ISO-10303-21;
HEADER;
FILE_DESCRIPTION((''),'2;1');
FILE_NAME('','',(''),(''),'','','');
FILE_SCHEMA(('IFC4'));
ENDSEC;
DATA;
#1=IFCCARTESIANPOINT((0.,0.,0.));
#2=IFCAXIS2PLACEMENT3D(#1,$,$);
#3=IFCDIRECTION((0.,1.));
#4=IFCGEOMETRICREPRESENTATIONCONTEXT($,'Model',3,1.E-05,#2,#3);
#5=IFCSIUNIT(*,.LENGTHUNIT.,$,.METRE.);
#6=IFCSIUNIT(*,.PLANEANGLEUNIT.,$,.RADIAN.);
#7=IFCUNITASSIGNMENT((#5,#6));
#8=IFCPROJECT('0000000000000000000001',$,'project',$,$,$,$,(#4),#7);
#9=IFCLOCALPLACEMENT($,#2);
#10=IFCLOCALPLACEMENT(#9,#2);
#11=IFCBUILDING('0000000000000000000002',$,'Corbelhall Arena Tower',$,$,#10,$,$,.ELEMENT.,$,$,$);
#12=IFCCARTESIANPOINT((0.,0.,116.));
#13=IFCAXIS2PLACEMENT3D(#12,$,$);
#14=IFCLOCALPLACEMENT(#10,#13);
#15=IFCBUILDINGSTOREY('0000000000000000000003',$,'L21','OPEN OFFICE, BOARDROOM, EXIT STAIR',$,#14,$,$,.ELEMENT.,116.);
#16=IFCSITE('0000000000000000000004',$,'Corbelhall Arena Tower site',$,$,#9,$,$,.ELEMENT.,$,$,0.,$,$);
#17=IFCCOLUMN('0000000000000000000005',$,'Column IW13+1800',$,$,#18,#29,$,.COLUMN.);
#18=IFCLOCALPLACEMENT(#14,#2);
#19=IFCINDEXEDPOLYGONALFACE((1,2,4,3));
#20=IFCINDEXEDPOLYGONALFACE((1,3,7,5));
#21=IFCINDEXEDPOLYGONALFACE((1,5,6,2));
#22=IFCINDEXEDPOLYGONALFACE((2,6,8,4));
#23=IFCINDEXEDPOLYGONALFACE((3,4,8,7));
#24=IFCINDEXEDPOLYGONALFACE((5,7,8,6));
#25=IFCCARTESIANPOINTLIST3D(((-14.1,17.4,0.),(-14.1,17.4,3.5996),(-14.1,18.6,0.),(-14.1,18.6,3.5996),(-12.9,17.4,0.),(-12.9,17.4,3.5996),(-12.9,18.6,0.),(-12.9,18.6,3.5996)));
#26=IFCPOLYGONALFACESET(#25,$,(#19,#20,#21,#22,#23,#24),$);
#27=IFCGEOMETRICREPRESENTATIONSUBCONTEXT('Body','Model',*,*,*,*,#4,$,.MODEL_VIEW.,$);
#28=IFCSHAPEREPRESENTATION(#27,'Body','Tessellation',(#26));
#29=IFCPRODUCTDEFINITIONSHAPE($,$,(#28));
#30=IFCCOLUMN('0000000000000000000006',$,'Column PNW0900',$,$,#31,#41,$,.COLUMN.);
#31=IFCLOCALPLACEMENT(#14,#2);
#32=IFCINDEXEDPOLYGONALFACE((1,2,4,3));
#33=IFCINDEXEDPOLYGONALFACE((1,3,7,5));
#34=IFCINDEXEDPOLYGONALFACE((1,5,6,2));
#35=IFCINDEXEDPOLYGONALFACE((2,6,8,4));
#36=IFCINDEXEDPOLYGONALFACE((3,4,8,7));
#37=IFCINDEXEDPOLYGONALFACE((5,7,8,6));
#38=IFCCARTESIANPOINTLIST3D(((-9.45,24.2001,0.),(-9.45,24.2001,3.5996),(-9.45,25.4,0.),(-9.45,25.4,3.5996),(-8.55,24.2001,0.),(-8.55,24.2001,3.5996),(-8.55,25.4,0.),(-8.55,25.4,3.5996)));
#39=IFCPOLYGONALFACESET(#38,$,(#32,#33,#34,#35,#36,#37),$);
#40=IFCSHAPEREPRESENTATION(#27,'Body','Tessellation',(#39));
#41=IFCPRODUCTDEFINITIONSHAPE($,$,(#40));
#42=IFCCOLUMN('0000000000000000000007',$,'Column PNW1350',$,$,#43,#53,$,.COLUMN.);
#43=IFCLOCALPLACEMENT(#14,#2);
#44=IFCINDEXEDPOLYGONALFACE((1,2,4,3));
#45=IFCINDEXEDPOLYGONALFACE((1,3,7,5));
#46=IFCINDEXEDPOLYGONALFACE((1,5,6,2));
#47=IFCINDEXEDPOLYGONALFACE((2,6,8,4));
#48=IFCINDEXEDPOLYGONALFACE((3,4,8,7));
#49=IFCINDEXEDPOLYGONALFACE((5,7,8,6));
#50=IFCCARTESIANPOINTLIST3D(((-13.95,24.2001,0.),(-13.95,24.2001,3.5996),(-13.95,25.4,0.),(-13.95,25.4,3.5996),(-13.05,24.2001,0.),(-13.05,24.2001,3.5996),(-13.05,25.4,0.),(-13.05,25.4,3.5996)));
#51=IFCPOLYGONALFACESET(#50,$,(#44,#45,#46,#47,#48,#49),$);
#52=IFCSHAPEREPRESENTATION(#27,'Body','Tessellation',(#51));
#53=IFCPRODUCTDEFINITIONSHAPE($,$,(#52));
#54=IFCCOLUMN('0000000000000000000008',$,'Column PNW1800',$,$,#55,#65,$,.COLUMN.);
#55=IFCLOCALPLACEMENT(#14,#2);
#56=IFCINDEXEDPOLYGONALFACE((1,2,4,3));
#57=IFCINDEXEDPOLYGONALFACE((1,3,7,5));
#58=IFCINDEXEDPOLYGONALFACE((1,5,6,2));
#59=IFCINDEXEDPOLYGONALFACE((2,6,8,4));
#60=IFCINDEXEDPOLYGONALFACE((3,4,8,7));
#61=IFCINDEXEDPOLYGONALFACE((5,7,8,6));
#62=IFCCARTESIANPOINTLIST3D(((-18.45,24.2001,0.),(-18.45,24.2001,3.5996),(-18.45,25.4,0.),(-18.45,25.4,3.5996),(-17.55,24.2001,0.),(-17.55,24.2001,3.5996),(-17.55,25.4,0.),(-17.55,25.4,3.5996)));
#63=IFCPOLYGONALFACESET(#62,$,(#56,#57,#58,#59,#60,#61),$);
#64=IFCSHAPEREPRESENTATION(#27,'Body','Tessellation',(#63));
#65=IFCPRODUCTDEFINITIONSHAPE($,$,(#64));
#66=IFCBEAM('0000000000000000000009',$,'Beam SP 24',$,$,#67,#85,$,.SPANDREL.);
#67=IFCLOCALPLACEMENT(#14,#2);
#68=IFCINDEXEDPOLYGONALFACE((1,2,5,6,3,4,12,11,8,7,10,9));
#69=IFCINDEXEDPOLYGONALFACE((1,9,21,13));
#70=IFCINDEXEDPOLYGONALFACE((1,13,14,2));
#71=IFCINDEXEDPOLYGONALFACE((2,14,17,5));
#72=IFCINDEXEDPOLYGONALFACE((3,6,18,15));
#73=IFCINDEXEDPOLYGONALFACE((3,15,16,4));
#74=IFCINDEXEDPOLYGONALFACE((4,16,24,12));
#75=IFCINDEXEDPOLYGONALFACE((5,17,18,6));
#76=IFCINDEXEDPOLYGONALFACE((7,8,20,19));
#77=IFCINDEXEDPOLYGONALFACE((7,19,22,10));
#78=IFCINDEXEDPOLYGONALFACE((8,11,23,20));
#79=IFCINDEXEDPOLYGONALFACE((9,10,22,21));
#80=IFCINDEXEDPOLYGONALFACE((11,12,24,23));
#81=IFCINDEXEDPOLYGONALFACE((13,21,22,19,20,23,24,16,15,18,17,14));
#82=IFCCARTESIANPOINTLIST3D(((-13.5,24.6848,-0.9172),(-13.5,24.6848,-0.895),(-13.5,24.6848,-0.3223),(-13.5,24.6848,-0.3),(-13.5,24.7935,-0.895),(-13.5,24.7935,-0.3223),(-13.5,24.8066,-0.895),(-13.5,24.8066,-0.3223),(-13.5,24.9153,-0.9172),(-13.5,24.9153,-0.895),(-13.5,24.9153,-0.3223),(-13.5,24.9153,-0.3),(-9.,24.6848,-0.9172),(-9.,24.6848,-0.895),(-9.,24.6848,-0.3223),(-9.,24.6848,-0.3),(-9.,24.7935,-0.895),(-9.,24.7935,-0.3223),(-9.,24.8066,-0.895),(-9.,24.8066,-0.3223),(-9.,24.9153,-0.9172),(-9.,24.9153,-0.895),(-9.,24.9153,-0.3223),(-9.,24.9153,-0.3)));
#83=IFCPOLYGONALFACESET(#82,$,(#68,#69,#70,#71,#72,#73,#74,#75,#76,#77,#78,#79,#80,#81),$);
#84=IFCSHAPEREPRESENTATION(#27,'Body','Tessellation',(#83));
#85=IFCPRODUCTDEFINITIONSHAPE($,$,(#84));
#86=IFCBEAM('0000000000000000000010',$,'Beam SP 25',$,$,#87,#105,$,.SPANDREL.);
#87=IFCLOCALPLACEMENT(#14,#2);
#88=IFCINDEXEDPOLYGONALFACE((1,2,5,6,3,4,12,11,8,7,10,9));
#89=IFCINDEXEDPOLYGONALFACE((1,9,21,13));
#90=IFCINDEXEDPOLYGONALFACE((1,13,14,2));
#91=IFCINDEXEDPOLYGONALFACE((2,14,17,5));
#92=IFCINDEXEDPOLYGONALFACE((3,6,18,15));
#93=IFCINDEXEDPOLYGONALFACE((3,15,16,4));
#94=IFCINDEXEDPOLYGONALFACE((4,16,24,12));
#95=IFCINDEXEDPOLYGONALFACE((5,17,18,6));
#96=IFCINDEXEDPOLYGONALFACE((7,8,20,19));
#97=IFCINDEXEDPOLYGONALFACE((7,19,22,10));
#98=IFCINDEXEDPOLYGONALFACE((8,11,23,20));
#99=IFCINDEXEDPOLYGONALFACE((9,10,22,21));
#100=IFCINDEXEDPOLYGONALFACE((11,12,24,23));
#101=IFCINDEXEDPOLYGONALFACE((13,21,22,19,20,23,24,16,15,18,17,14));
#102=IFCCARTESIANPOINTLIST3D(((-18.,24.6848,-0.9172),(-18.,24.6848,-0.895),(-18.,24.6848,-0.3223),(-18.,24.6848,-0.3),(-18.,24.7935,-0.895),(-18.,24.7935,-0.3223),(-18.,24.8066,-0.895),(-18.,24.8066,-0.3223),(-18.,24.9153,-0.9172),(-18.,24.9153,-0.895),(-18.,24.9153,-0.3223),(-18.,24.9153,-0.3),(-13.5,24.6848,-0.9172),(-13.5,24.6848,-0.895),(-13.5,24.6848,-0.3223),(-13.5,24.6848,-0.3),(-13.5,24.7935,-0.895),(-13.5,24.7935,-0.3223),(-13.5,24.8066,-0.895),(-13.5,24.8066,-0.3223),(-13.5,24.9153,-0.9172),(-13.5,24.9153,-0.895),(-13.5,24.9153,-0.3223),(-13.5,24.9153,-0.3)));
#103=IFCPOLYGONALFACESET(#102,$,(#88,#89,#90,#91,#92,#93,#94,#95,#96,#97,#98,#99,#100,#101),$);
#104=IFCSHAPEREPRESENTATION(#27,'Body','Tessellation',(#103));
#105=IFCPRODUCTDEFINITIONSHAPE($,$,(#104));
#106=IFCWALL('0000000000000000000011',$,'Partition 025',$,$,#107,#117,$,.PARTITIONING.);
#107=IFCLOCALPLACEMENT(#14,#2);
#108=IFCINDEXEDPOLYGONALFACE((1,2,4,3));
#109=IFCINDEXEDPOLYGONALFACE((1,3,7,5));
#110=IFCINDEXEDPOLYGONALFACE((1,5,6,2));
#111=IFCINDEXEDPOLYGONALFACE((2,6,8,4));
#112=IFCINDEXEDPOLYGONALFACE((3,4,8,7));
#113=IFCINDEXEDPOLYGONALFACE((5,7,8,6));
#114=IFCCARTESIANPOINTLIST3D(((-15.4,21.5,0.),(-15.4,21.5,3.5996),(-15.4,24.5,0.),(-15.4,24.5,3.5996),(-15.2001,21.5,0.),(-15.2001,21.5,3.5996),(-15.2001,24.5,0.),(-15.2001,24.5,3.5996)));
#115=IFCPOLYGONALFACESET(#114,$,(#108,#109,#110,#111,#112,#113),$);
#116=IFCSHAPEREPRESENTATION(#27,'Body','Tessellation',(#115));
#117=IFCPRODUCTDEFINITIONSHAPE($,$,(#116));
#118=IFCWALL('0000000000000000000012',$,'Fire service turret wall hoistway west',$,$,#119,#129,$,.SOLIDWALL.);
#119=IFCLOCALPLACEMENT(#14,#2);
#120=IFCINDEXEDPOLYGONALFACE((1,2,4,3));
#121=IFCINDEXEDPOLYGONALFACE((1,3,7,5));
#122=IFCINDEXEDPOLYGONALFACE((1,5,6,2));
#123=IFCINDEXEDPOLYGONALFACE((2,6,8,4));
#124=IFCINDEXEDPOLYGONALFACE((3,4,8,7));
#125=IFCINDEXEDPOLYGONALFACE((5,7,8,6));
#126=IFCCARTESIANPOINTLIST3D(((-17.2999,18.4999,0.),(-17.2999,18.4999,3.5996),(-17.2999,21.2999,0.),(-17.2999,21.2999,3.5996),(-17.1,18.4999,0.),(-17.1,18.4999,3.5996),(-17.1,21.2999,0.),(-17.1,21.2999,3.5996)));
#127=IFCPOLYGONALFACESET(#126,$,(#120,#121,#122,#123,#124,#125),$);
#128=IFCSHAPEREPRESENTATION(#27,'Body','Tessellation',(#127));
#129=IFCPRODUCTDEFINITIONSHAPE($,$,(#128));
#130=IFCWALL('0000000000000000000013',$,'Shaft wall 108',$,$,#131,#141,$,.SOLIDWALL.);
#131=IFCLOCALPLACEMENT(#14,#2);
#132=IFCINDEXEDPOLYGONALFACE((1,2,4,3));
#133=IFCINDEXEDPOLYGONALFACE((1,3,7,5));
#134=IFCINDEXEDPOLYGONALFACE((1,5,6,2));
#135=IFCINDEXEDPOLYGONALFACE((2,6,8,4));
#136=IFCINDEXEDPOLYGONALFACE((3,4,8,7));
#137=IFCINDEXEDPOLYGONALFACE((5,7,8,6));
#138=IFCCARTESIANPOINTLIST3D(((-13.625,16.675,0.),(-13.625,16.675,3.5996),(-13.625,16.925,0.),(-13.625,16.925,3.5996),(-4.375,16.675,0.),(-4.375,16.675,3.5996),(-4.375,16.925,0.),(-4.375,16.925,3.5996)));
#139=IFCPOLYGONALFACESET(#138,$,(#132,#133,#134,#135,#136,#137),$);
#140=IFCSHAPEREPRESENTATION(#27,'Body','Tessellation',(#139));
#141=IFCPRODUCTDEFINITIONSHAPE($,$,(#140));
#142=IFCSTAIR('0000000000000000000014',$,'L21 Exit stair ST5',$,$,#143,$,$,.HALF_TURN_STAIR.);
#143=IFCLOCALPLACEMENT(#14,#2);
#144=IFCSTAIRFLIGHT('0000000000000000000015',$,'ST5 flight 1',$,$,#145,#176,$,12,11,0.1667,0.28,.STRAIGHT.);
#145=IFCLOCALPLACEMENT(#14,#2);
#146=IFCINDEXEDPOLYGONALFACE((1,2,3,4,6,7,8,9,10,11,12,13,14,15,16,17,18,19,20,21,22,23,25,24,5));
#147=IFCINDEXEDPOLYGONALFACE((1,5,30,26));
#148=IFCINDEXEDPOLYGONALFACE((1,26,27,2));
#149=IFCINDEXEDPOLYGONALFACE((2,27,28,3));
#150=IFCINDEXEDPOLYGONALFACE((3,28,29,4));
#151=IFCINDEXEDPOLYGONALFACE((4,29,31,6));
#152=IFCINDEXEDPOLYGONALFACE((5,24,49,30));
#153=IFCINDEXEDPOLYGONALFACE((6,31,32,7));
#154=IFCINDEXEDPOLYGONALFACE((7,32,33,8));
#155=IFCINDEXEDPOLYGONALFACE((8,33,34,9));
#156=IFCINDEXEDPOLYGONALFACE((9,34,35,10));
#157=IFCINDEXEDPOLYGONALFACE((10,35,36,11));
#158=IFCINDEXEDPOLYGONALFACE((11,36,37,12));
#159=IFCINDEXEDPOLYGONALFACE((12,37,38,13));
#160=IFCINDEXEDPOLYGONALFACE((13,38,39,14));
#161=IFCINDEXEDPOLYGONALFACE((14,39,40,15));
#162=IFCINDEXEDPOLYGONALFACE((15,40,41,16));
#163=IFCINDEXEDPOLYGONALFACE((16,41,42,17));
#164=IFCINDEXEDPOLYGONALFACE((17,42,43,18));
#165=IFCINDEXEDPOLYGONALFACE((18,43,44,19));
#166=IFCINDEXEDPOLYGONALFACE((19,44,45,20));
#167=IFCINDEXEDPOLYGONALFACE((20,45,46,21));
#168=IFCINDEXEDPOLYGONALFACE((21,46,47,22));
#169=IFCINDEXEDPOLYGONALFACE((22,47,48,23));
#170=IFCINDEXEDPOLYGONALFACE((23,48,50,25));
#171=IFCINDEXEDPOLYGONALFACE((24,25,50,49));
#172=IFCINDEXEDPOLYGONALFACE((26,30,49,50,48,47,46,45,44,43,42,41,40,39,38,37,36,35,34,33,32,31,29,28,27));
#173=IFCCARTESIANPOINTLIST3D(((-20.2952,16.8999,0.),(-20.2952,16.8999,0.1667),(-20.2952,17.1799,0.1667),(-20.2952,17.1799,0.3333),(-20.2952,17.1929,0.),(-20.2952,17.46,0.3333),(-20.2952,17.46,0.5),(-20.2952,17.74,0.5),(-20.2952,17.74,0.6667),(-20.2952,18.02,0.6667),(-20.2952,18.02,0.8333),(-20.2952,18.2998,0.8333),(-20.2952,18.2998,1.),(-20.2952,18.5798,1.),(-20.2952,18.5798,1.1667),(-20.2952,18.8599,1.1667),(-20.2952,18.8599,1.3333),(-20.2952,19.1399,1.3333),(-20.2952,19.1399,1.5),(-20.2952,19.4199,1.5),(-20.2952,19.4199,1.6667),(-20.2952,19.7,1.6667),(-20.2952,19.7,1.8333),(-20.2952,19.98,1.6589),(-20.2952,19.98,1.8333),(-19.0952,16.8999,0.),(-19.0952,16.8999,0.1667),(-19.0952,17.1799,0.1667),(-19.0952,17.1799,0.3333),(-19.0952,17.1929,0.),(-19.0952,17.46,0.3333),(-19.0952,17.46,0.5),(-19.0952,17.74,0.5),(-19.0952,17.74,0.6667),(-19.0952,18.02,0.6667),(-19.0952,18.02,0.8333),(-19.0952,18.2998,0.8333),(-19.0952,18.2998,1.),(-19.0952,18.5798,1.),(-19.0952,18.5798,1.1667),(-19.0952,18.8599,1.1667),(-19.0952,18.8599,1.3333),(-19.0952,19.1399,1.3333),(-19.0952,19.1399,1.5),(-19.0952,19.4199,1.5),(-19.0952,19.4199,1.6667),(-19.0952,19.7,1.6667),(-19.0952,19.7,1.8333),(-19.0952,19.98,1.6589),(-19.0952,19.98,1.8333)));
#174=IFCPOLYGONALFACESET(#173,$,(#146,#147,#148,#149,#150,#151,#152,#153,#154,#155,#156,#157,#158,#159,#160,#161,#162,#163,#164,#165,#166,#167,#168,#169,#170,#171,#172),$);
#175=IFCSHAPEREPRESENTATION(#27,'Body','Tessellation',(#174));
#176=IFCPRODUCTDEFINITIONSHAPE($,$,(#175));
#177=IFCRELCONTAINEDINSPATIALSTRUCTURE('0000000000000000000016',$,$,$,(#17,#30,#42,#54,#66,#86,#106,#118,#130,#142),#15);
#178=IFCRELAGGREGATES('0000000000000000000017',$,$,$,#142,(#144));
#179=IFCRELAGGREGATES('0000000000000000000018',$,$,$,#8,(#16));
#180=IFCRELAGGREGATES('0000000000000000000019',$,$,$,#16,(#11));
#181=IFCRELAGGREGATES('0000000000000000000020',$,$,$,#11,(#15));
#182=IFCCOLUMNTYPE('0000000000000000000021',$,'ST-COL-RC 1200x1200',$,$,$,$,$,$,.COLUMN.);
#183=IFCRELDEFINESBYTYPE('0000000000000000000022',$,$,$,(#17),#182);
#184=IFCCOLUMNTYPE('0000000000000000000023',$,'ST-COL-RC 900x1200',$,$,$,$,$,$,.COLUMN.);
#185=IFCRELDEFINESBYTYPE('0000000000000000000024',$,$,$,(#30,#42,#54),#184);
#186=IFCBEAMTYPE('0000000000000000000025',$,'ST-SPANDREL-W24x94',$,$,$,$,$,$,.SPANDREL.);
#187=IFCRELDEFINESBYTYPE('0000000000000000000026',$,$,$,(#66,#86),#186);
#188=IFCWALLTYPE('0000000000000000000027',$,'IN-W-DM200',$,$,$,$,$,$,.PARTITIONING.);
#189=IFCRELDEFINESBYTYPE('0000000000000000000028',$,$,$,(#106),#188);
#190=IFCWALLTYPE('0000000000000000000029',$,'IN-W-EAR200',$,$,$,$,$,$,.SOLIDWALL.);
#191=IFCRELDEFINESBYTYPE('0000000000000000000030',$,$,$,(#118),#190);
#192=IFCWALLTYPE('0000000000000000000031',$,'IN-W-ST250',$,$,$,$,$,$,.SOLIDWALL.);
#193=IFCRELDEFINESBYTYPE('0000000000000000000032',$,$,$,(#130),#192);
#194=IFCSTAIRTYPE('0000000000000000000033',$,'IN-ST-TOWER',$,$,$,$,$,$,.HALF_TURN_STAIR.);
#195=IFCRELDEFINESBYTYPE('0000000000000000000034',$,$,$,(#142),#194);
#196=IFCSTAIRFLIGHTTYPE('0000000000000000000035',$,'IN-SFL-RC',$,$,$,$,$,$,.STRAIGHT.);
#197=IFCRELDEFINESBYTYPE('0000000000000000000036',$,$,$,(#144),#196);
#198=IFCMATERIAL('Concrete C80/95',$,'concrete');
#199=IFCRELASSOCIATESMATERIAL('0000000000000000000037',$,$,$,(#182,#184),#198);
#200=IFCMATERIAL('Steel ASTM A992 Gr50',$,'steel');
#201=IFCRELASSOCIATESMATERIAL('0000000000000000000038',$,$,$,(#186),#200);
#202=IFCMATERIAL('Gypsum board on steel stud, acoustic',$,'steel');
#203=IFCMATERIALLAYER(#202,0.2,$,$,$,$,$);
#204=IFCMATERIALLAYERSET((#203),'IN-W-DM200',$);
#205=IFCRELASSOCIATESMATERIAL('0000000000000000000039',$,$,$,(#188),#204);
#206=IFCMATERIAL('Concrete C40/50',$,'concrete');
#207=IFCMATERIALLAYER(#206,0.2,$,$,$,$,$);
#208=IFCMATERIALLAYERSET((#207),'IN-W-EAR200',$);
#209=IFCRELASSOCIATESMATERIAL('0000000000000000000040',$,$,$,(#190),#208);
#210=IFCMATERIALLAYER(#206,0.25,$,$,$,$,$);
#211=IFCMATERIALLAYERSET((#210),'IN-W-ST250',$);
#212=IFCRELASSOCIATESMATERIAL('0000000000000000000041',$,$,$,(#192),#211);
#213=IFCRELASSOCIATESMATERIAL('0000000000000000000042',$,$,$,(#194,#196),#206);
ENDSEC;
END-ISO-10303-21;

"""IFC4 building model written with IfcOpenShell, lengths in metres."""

from ifc_helpers import new_model, si_unit, direction, frame, frame_2d, origin, origin_2d, place, context, subcontext, project, spatial, polyline, rectangle, i_section, outline, extrude, material, layer, layer_set, material_profile, profile_set, type_object, element, aggregate, save


model = new_model("IFC4")

# Units and contexts
model_context = context("Model", 3, precision=1e-05, world=origin(), true_north=direction((0.0, 1.0)))
body_context = subcontext(model_context, "Body", "Model", "MODEL_VIEW")
ifc_project = project(units=[si_unit("LENGTHUNIT", "METRE"), si_unit("PLANEANGLEUNIT", "RADIAN")], contexts=[model_context])

# Site, building, storey
site_placement = place(None, origin())
site = spatial("IfcSite", under=ifc_project, at=site_placement, Name="Corbelhall Arena Tower site", CompositionType="ELEMENT", RefElevation=0.0)
building_placement = place(site_placement, origin())
building = spatial("IfcBuilding", under=site, at=building_placement, Name="Corbelhall Arena Tower", CompositionType="ELEMENT")
storey_placement = place(building_placement, frame((0.0, 0.0, 116.0)))
storey = spatial("IfcBuildingStorey", under=building, at=storey_placement, Name="L21", Description="OPEN OFFICE, BOARDROOM, EXIT STAIR", CompositionType="ELEMENT", Elevation=116.0)

# Columns
ifc_material_1 = material(Name="Concrete C80/95", Category="concrete")
ifc_material_profile_1 = material_profile(ifc_material_1, rectangle(XDim=1.2, YDim=1.2, at=origin_2d()))
ifc_profile_set_1 = profile_set([ifc_material_profile_1], Name="Concrete C80/95")
column_type_1 = type_object("IfcColumnType", Name="ST-COL-RC 1200x1200", PredefinedType="COLUMN", material=ifc_profile_set_1)
column_placement = place(storey_placement, frame((-13.5, 18.0, 0.0), z_axis=(0.0, 0.0, 1.0), x_axis=(1.0, 0.0, 0.0)))
element("IfcColumn", 1, at=column_placement, inside=storey, type_object=column_type_1, Name="Column IW13+1800", PredefinedType="COLUMN", context=body_context, shape_type="SweptSolid", body=[
    extrude(rectangle(XDim=1.2, YDim=1.2, at=origin_2d()), origin(), (0.0, 0.0, 1.0), 3.5996),
])
ifc_material_profile_2 = material_profile(ifc_material_1, rectangle(XDim=0.8999, YDim=1.2, at=origin_2d()))
ifc_profile_set_2 = profile_set([ifc_material_profile_2], Name="Concrete C80/95")
column_type_2 = type_object("IfcColumnType", Name="ST-COL-RC 900x1200", PredefinedType="COLUMN", material=ifc_profile_set_2)
for number, where, z_axis, x_axis, name in (
    (2, (-9.0, 24.8, 0.0), (0.0, 0.0, 1.0), (1.0, 0.0, 0.0), "Column PNW0900"),
    (3, (-13.5, 24.8, 0.0), (0.0, 0.0, 1.0), (1.0, 0.0, 0.0), "Column PNW1350"),
    (4, (-18.0, 24.8, 0.0), (0.0, 0.0, 1.0), (1.0, 0.0, 0.0), "Column PNW1800"),
):
    element("IfcColumn", number, at=place(storey_placement, frame(where, z_axis=z_axis, x_axis=x_axis)), inside=storey, type_object=column_type_2, Name=name, PredefinedType="COLUMN", context=body_context, shape_type="SweptSolid", body=[
        extrude(rectangle(XDim=0.8999, YDim=1.2, at=origin_2d()), origin(), (0.0, 0.0, 1.0), 3.5996),
    ])

# Beams
ifc_material_2 = material(Name="Steel ASTM A992 Gr50", Category="steel")
ifc_material_profile_3 = material_profile(ifc_material_2, i_section(OverallWidth=0.2305, OverallDepth=0.6172, WebThickness=0.0132, FlangeThickness=0.0222, at=origin_2d()))
ifc_profile_set_3 = profile_set([ifc_material_profile_3], Name="Steel ASTM A992 Gr50")
beam_type = type_object("IfcBeamType", Name="ST-SPANDREL-W24x94", PredefinedType="SPANDREL", material=ifc_profile_set_3)
for number, where, z_axis, x_axis, name in (
    (5, (-13.5, 24.8, -0.6086), (1.0, 0.0, 0.0), (0.0, 1.0, 0.0), "Beam SP 24"),
    (6, (-18.0, 24.8, -0.6086), (1.0, 0.0, 0.0), (0.0, 1.0, 0.0), "Beam SP 25"),
):
    element("IfcBeam", number, at=place(storey_placement, frame(where, z_axis=z_axis, x_axis=x_axis)), inside=storey, type_object=beam_type, Name=name, PredefinedType="SPANDREL", context=body_context, shape_type="SweptSolid", body=[
        extrude(i_section(OverallWidth=0.2305, OverallDepth=0.6172, WebThickness=0.0132, FlangeThickness=0.0222, at=origin_2d()), origin(), (0.0, 0.0, 1.0), 4.5),
    ])

# Walls
ifc_material_3 = material(Name="Gypsum board on steel stud, acoustic", Category="steel")
ifc_layer_1 = layer(ifc_material_3, 0.2)
ifc_layer_set_1 = layer_set([ifc_layer_1], Name="IN-W-DM200")
wall_type_1 = type_object("IfcWallType", Name="IN-W-DM200", PredefinedType="PARTITIONING", material=ifc_layer_set_1)
wall_1_placement = place(storey_placement, frame((-15.3, 24.5, 0.0), z_axis=(0.0, 0.0, 1.0), x_axis=(0.0, -1.0, 0.0)))
element("IfcWall", 7, at=wall_1_placement, inside=storey, type_object=wall_type_1, Name="Partition 025", PredefinedType="PARTITIONING", context=body_context, shape_type="SweptSolid", body=[
    extrude(rectangle(XDim=3.0, YDim=0.2, at=frame_2d((1.5, 0.0))), origin(), (0.0, 0.0, 1.0), 3.5996),
])
ifc_material_4 = material(Name="Concrete C40/50", Category="concrete")
ifc_layer_2 = layer(ifc_material_4, 0.2)
ifc_layer_set_2 = layer_set([ifc_layer_2], Name="IN-W-EAR200")
wall_type_2 = type_object("IfcWallType", Name="IN-W-EAR200", PredefinedType="SOLIDWALL", material=ifc_layer_set_2)
wall_2_placement = place(storey_placement, frame((-17.2, 18.5, 0.0), z_axis=(0.0, 0.0, 1.0), x_axis=(0.0, 1.0, 0.0)))
element("IfcWall", 8, at=wall_2_placement, inside=storey, type_object=wall_type_2, Name="Fire service turret wall hoistway west", PredefinedType="SOLIDWALL", context=body_context, shape_type="SweptSolid", body=[
    extrude(rectangle(XDim=2.8, YDim=0.2, at=frame_2d((1.3999, 0.0))), origin(), (0.0, 0.0, 1.0), 3.5996),
])

# Wall
ifc_layer_3 = layer(ifc_material_4, 0.25)
ifc_layer_set_3 = layer_set([ifc_layer_3], Name="IN-W-ST250")
wall_type_3 = type_object("IfcWallType", Name="IN-W-ST250", PredefinedType="SOLIDWALL", material=ifc_layer_set_3)
wall_3_placement = place(storey_placement, frame((-13.625, 16.8, 0.0), z_axis=(0.0, 0.0, 1.0), x_axis=(1.0, 0.0, 0.0)))
element("IfcWall", 9, at=wall_3_placement, inside=storey, type_object=wall_type_3, Name="Shaft wall 108", PredefinedType="SOLIDWALL", context=body_context, shape_type="SweptSolid", body=[
    extrude(rectangle(XDim=9.25, YDim=0.25, at=frame_2d((4.625, 0.0))), origin(), (0.0, 0.0, 1.0), 3.5996),
])

# Stair, stair flight
stair_type = type_object("IfcStairType", Name="IN-ST-TOWER", PredefinedType="HALF_TURN_STAIR", material=ifc_material_4)
stair_placement = place(storey_placement, origin())
stair = element("IfcStair", 10, at=stair_placement, inside=storey, type_object=stair_type, Name="L21 Exit stair ST5", PredefinedType="HALF_TURN_STAIR")
stair_flight_type = type_object("IfcStairFlightType", Name="IN-SFL-RC", PredefinedType="STRAIGHT", material=ifc_material_4)
stair_flight_placement = place(storey_placement, frame((-19.6951, 16.8999, 0.0), z_axis=(0.0, 0.0, 1.0), x_axis=(0.0, 1.0, 0.0)))
stair_flight = element("IfcStairFlight", 11, at=stair_flight_placement, type_object=stair_flight_type, Name="ST5 flight 1", NumberOfRisers=12, NumberOfTreads=11, PredefinedType="STRAIGHT", RiserHeight=0.1667, TreadLength=0.28, context=body_context, shape_type="SweptSolid", body=[
    extrude(outline(polyline([(0.0, 0.0), (0.0, 0.1667), (0.28, 0.1667), (0.28, 0.3333), (0.5601, 0.3333), (0.5601, 0.5), (0.8401, 0.5), (0.8401, 0.6667), (1.1201, 0.6667), (1.1201, 0.8333), (1.3999, 0.8333), (1.3999, 1.0), (1.6799, 1.0), (1.6799, 1.1667), (1.96, 1.1667), (1.96, 1.3333), (2.24, 1.3333), (2.24, 1.5), (2.52, 1.5), (2.52, 1.6667), (2.8, 1.6667), (2.8, 1.8333), (3.0801, 1.8333), (3.0801, 2.0), (3.0801, 1.6589), (0.293, 0.0), (0.0, 0.0)])), frame((0.0, 0.6001, 0.0), z_axis=(0.0, -1.0, 0.0), x_axis=(1.0, 0.0, 0.0)), (0.0, 0.0, 1.0), 1.2),
])
aggregate(stair, [stair_flight])

save(model, "model.ifc")
